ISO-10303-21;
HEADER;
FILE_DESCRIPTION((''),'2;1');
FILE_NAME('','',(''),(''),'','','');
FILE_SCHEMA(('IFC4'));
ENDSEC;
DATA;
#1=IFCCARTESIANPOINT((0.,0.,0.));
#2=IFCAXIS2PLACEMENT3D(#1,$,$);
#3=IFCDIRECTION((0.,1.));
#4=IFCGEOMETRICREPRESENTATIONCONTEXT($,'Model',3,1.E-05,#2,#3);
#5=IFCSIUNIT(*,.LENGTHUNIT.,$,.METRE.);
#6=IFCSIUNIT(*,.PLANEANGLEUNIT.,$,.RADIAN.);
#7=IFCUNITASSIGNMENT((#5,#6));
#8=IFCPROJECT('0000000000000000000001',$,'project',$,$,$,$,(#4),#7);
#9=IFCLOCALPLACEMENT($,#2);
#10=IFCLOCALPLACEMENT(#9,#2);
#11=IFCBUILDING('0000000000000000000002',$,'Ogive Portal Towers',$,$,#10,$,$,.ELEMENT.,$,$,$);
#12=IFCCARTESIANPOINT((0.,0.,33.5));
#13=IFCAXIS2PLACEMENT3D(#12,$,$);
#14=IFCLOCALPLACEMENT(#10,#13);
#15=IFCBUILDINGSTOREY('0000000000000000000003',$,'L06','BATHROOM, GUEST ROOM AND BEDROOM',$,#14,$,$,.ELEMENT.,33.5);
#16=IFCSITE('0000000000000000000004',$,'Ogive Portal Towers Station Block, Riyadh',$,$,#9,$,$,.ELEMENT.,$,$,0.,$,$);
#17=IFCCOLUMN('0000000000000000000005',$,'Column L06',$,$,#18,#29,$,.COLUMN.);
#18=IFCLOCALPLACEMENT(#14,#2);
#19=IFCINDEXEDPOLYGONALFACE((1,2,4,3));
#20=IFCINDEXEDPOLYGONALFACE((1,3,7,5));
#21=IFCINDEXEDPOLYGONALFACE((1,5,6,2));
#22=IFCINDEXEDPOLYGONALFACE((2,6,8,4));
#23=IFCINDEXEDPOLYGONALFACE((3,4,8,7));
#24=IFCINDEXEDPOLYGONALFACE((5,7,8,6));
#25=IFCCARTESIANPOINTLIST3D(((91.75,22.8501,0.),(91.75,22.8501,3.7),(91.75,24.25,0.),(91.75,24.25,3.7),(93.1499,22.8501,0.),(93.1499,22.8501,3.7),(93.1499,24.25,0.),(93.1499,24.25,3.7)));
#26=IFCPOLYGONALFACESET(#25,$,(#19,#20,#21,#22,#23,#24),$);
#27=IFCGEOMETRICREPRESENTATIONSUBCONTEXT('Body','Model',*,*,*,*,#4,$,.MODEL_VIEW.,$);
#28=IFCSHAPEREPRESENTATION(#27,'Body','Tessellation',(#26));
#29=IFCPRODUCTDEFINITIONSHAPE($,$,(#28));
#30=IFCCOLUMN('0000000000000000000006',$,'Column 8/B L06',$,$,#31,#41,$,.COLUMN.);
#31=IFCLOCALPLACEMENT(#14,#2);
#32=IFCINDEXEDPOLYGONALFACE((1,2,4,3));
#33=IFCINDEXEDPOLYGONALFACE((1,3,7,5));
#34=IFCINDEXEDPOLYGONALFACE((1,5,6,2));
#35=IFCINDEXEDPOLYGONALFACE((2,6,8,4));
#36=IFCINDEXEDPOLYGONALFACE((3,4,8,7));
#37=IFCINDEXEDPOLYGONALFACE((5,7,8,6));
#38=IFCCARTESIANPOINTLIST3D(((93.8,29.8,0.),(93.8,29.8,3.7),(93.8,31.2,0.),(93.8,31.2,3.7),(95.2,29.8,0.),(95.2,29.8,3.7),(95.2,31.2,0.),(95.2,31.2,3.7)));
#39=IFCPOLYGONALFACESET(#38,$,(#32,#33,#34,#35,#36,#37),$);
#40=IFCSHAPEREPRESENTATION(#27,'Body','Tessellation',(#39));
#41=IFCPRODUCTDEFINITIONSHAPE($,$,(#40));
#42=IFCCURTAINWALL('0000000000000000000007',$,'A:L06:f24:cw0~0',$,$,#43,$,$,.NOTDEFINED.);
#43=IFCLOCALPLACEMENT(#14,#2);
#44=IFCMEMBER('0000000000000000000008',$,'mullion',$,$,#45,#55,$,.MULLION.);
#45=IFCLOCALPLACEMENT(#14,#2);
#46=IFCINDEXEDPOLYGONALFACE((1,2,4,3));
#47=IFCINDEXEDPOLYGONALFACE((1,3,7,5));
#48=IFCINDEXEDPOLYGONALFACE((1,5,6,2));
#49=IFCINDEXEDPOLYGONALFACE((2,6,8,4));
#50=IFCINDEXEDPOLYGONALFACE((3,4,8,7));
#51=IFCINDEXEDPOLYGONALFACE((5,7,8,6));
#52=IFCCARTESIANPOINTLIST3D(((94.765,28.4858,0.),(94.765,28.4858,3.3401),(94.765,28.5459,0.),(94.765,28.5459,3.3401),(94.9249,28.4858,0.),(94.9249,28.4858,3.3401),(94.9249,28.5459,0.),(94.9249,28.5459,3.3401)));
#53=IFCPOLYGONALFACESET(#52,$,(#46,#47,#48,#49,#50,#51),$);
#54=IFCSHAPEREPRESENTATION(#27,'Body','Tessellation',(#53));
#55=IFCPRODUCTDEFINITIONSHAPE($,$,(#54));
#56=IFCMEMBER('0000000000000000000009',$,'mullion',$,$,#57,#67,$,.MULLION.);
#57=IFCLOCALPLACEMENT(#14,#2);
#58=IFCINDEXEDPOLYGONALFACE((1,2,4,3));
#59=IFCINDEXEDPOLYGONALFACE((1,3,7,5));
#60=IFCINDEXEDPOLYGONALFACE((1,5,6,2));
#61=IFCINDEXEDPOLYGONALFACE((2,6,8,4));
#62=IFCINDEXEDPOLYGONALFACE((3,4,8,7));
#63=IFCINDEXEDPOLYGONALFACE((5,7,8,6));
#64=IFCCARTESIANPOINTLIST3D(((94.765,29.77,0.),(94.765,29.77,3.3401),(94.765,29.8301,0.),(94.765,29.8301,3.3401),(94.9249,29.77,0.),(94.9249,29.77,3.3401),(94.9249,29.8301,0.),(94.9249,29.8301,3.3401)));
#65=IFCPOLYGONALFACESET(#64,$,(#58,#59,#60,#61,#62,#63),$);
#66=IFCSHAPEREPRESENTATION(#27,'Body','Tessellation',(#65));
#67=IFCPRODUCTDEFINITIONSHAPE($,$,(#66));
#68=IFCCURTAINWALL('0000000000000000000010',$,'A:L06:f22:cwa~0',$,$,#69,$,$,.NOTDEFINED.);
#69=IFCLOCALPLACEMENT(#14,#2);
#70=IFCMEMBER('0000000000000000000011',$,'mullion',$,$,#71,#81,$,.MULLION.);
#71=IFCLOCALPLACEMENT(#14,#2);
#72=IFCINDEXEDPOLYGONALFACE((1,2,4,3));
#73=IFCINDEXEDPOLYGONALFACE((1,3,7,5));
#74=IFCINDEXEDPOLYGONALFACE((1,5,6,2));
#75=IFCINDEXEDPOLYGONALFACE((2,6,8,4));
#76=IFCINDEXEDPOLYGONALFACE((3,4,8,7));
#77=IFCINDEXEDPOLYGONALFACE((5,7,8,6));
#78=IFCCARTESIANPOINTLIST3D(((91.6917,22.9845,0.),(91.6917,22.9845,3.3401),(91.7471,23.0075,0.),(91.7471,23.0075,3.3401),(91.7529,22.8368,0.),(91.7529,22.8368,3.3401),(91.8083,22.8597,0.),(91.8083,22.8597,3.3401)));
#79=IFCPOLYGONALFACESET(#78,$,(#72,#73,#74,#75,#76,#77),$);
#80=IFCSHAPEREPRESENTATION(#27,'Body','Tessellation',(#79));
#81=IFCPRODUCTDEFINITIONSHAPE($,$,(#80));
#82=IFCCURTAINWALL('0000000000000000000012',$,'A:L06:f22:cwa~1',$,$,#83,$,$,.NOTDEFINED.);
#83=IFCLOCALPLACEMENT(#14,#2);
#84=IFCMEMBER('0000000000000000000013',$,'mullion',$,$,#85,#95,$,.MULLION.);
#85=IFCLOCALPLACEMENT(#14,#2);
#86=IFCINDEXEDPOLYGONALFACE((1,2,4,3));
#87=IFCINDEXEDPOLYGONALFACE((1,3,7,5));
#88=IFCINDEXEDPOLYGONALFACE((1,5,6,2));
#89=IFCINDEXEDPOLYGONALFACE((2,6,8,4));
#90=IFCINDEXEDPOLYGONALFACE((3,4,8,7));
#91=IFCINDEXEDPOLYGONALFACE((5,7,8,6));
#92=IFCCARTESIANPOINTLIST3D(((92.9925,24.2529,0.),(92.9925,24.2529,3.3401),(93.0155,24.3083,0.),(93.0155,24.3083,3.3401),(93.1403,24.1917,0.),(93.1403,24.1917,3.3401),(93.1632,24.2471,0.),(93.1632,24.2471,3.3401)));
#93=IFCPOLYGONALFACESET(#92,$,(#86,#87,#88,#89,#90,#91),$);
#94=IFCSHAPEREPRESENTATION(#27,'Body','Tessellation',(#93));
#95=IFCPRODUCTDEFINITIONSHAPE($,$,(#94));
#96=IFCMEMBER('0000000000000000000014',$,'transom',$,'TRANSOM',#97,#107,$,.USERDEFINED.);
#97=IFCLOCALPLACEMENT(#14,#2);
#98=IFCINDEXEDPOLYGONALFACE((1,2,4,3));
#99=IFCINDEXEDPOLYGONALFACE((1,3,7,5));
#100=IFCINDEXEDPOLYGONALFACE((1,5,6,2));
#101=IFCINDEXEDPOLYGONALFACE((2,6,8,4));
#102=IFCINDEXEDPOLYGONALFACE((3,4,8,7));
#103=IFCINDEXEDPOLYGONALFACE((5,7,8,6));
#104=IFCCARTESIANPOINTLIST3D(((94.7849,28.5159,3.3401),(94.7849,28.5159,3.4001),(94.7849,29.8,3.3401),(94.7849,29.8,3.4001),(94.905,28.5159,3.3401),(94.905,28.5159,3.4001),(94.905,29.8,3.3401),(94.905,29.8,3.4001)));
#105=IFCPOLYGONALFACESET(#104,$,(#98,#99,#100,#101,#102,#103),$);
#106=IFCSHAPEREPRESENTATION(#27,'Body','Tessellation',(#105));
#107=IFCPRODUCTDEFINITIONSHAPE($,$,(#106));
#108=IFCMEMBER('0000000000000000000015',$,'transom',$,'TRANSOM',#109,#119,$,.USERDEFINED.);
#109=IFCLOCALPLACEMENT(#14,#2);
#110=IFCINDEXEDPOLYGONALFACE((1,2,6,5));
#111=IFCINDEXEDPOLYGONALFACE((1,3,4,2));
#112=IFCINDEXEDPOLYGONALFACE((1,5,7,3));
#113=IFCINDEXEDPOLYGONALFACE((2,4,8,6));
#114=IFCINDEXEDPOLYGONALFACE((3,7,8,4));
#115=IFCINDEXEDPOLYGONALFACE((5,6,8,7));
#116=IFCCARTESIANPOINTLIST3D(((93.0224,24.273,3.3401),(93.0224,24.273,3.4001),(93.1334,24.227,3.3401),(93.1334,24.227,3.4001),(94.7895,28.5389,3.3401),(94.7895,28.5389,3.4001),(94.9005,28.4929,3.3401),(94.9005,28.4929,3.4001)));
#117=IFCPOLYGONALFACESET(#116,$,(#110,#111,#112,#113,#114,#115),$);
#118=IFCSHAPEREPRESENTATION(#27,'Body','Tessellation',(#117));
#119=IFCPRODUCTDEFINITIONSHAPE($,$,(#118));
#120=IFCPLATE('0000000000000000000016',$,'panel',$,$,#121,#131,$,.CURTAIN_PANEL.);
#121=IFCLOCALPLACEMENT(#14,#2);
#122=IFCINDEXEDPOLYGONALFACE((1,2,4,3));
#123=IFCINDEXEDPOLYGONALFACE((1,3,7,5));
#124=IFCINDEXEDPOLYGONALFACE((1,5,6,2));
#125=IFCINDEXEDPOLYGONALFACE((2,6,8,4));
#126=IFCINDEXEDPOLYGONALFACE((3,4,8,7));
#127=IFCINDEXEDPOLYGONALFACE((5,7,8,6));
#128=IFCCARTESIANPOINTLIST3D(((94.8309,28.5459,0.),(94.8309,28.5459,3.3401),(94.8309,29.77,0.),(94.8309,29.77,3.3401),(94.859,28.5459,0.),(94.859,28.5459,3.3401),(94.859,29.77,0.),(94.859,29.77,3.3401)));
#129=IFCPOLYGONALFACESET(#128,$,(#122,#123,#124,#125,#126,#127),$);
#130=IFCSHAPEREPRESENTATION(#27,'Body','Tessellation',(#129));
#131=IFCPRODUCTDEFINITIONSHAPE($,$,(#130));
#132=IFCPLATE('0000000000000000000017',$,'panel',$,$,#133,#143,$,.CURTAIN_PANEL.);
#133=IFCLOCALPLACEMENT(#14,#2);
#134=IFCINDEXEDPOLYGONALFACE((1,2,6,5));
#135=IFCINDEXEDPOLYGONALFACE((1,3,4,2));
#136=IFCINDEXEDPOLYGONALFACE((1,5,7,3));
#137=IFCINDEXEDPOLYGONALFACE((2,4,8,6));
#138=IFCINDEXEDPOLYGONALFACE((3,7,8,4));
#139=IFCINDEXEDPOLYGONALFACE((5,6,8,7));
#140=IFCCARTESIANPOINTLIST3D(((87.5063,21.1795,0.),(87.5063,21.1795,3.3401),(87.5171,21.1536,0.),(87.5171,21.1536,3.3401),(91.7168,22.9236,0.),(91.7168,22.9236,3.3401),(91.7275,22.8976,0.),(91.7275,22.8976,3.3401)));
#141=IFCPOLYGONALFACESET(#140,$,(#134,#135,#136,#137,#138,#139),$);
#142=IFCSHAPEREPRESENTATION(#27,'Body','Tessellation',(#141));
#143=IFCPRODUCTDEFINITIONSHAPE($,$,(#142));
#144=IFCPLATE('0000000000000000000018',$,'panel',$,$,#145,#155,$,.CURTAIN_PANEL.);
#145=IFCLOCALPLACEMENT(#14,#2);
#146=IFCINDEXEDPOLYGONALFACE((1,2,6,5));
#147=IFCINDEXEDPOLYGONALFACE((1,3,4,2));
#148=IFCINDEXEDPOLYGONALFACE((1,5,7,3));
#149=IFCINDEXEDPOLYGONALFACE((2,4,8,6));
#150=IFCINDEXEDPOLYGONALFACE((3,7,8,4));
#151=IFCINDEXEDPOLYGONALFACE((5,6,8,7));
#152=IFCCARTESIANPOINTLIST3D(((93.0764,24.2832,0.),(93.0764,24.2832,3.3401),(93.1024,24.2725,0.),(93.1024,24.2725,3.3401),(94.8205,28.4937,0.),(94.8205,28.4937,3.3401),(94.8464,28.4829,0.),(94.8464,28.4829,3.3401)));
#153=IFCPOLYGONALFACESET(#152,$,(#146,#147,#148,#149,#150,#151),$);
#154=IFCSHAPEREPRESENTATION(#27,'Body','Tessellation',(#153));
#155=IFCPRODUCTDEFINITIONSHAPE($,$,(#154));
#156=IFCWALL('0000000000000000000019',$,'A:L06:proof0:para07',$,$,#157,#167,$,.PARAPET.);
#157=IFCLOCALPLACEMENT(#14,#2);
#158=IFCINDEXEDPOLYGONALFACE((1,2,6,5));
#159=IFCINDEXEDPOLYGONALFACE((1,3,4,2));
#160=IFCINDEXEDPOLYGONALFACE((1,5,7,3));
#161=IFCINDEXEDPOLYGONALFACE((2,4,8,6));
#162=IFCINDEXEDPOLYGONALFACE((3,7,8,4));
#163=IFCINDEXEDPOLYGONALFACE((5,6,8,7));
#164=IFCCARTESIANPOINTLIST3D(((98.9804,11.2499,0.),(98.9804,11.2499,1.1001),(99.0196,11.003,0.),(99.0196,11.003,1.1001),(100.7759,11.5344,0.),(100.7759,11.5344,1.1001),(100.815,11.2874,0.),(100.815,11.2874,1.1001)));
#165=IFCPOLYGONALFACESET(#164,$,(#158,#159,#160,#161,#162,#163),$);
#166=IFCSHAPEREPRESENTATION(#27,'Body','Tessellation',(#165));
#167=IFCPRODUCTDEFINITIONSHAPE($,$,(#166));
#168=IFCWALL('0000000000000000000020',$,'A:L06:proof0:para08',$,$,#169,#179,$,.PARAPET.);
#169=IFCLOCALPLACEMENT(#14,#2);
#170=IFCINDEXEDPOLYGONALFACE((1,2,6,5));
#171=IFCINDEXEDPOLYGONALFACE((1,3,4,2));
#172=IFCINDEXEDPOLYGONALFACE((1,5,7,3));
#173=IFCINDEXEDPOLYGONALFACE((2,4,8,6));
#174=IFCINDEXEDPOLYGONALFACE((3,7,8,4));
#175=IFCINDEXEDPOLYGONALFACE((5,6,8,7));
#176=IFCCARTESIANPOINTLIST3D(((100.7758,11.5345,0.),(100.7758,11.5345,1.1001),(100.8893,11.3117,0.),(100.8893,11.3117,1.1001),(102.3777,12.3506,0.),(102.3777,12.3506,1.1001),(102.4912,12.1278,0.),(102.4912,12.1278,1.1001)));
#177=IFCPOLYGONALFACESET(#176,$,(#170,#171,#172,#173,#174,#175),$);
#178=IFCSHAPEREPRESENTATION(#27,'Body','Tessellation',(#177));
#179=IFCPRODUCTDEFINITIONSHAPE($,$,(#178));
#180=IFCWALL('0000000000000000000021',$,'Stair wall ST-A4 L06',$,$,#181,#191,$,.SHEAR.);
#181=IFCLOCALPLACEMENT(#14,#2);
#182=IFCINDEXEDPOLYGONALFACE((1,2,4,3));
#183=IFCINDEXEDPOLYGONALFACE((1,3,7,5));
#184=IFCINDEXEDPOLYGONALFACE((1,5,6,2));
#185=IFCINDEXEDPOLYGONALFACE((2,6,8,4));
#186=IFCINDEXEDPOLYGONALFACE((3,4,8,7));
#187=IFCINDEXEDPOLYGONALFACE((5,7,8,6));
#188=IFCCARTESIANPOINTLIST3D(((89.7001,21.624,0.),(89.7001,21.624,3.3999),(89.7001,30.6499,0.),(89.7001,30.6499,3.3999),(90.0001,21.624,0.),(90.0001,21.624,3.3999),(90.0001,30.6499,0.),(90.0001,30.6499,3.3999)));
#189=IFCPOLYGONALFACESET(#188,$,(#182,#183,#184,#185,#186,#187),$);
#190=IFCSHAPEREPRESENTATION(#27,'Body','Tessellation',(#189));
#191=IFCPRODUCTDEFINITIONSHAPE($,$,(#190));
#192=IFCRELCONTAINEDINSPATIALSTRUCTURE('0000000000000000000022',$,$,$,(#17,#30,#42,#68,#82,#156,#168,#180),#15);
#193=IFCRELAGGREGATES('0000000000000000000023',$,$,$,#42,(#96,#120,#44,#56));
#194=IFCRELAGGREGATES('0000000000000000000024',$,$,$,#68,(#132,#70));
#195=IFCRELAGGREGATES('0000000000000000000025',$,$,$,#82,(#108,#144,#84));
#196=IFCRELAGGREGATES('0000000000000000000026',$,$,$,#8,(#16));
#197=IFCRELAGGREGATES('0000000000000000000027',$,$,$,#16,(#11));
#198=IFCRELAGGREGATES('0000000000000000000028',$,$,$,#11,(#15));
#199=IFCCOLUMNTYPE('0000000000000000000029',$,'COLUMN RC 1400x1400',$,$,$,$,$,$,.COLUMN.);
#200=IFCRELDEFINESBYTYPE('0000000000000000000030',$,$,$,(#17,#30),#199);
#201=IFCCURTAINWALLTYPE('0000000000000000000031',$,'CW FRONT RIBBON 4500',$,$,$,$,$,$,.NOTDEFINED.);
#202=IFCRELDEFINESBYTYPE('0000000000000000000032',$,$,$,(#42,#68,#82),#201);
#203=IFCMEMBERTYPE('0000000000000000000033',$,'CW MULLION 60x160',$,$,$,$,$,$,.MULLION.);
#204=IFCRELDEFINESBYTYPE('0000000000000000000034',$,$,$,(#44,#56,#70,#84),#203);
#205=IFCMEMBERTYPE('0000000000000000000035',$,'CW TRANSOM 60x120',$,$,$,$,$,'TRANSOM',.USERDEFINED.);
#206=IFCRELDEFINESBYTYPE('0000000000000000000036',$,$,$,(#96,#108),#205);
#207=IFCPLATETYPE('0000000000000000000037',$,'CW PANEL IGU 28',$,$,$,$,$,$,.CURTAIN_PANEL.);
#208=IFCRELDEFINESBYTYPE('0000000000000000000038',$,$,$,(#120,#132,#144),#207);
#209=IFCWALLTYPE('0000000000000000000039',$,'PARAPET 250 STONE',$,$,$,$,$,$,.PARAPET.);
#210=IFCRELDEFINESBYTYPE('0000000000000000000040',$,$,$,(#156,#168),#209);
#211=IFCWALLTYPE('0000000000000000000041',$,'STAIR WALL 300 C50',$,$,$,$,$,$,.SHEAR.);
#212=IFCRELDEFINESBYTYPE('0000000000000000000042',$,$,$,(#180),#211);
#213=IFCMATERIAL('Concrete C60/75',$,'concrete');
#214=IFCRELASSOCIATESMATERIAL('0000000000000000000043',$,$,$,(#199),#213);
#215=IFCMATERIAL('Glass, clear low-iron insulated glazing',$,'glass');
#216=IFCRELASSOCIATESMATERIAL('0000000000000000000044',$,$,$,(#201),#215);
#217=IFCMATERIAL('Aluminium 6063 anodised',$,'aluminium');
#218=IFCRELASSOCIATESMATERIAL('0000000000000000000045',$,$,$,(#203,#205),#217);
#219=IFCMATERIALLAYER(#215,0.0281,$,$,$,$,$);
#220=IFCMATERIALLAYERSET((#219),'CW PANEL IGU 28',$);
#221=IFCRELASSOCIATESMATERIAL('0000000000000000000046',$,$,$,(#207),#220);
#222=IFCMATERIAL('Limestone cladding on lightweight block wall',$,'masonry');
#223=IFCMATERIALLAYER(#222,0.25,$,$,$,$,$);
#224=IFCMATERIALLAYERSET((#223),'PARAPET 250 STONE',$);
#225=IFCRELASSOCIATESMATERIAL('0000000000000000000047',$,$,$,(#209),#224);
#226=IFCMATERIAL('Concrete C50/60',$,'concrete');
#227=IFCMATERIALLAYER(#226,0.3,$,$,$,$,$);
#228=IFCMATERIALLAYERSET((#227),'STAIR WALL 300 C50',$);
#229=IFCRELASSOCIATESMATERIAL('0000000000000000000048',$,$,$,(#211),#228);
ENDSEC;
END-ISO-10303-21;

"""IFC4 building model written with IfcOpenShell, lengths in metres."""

from ifc_helpers import new_model, si_unit, direction, frame, frame_2d, origin, origin_2d, place, context, subcontext, project, spatial, rectangle, extrude, material, layer, layer_set, material_profile, profile_set, type_object, element, aggregate, save


model = new_model("IFC4")

# Units and contexts
model_context = context("Model", 3, precision=1e-05, world=origin(), true_north=direction((0.0, 1.0)))
body_context = subcontext(model_context, "Body", "Model", "MODEL_VIEW")
ifc_project = project(units=[si_unit("LENGTHUNIT", "METRE"), si_unit("PLANEANGLEUNIT", "RADIAN")], contexts=[model_context])

# Site, building, storey
site_placement = place(None, origin())
site = spatial("IfcSite", under=ifc_project, at=site_placement, Name="Ogive Portal Towers Station Block, Riyadh", CompositionType="ELEMENT", RefElevation=0.0)
building_placement = place(site_placement, origin())
building = spatial("IfcBuilding", under=site, at=building_placement, Name="Ogive Portal Towers", CompositionType="ELEMENT")
storey_placement = place(building_placement, frame((0.0, 0.0, 33.5)))
storey = spatial("IfcBuildingStorey", under=building, at=storey_placement, Name="L06", Description="BATHROOM, GUEST ROOM AND BEDROOM", CompositionType="ELEMENT", Elevation=33.5)

# Columns
ifc_material_1 = material(Name="Concrete C60/75", Category="concrete")
ifc_material_profile_1 = material_profile(ifc_material_1, rectangle(XDim=1.3999, YDim=1.3999, at=origin_2d()), Name="RC 1400x1400")
ifc_profile_set_1 = profile_set([ifc_material_profile_1], Name="Concrete C60/75")
column_type = type_object("IfcColumnType", Name="COLUMN RC 1400x1400", PredefinedType="COLUMN", material=ifc_profile_set_1)
for number, where, z_axis, x_axis, name in (
    (1, (92.45, 23.55, 0.0), (0.0, 0.0, 1.0), (1.0, 0.0, 0.0), "Column L06"),
    (2, (94.5, 30.5, 0.0), (0.0, 0.0, 1.0), (1.0, 0.0, 0.0), "Column 8/B L06"),
):
    element("IfcColumn", number, at=place(storey_placement, frame(where, z_axis=z_axis, x_axis=x_axis)), inside=storey, type_object=column_type, Name=name, PredefinedType="COLUMN", context=body_context, shape_type="SweptSolid", body=[
        extrude(rectangle(XDim=1.3999, YDim=1.3999, at=origin_2d()), origin(), (0.0, 0.0, 1.0), 3.7),
    ])

# Curtain wall, members
ifc_material_2 = material(Name="Glass, clear low-iron insulated glazing", Category="glass")
curtain_wall_type = type_object("IfcCurtainWallType", Name="CW FRONT RIBBON 4500", PredefinedType="NOTDEFINED", material=ifc_material_2)
curtain_wall_1_placement = place(storey_placement, origin())
curtain_wall_1 = element("IfcCurtainWall", 3, at=curtain_wall_1_placement, inside=storey, type_object=curtain_wall_type, Name="A:L06:f24:cw0~0", PredefinedType="NOTDEFINED")
ifc_material_3 = material(Name="Aluminium 6063 anodised", Category="aluminium")
ifc_material_profile_2 = material_profile(ifc_material_3, rectangle(XDim=0.1599, YDim=0.0601, at=origin_2d()), Name="AL 60x160")
ifc_profile_set_2 = profile_set([ifc_material_profile_2], Name="Aluminium 6063 anodised")
member_type_1 = type_object("IfcMemberType", Name="CW MULLION 60x160", PredefinedType="MULLION", material=ifc_profile_set_2)
member_1_placement = place(storey_placement, frame((94.845, 28.5159, 0.0), z_axis=(0.0, 0.0, 1.0), x_axis=(-1.0, 0.0, 0.0)))
member_1 = element("IfcMember", 4, at=member_1_placement, type_object=member_type_1, Name="mullion", PredefinedType="MULLION", context=body_context, shape_type="SweptSolid", body=[
    extrude(rectangle(XDim=0.1599, YDim=0.0601, at=origin_2d()), origin(), (0.0, 0.0, 1.0), 3.3401),
])
member_2_placement = place(storey_placement, frame((94.845, 29.8, 0.0), z_axis=(0.0, 0.0, 1.0), x_axis=(-1.0, 0.0, 0.0)))
member_2 = element("IfcMember", 5, at=member_2_placement, type_object=member_type_1, Name="mullion", PredefinedType="MULLION", context=body_context, shape_type="SweptSolid", body=[
    extrude(rectangle(XDim=0.1599, YDim=0.0601, at=origin_2d()), origin(), (0.0, 0.0, 1.0), 3.3401),
])

# Curtain walls, members
curtain_wall_2_placement = place(storey_placement, origin())
curtain_wall_2 = element("IfcCurtainWall", 6, at=curtain_wall_2_placement, inside=storey, type_object=curtain_wall_type, Name="A:L06:f22:cwa~0", PredefinedType="NOTDEFINED")
member_3_placement = place(storey_placement, frame((91.75, 22.9221, 0.0), z_axis=(0.0, 0.0, 1.0), x_axis=(-0.382683, 0.92388, 0.0)))
member_3 = element("IfcMember", 7, at=member_3_placement, type_object=member_type_1, Name="mullion", PredefinedType="MULLION", context=body_context, shape_type="SweptSolid", body=[
    extrude(rectangle(XDim=0.1599, YDim=0.0601, at=origin_2d()), origin(), (0.0, 0.0, 1.0), 3.3401),
])
curtain_wall_3_placement = place(storey_placement, origin())
curtain_wall_3 = element("IfcCurtainWall", 8, at=curtain_wall_3_placement, inside=storey, type_object=curtain_wall_type, Name="A:L06:f22:cwa~1", PredefinedType="NOTDEFINED")
member_4_placement = place(storey_placement, frame((93.0779, 24.25, 0.0), z_axis=(0.0, 0.0, 1.0), x_axis=(-0.92388, 0.382683, 0.0)))
member_4 = element("IfcMember", 9, at=member_4_placement, type_object=member_type_1, Name="mullion", PredefinedType="MULLION", context=body_context, shape_type="SweptSolid", body=[
    extrude(rectangle(XDim=0.1599, YDim=0.0601, at=origin_2d()), origin(), (0.0, 0.0, 1.0), 3.3401),
])

# Members
ifc_material_profile_3 = material_profile(ifc_material_3, rectangle(XDim=0.1201, YDim=0.0601, at=origin_2d()), Name="AL 120x60")
ifc_profile_set_3 = profile_set([ifc_material_profile_3], Name="Aluminium 6063 anodised")
member_type_2 = type_object("IfcMemberType", Name="CW TRANSOM 60x120", ElementType="TRANSOM", PredefinedType="USERDEFINED", material=ifc_profile_set_3)
member_5_placement = place(storey_placement, frame((94.845, 28.5159, 3.3701), z_axis=(0.0, 1.0, 0.0), x_axis=(-1.0, 0.0, 0.0)))
member_5 = element("IfcMember", 10, at=member_5_placement, type_object=member_type_2, Name="transom", ObjectType="TRANSOM", PredefinedType="USERDEFINED", context=body_context, shape_type="SweptSolid", body=[
    extrude(rectangle(XDim=0.1201, YDim=0.0601, at=origin_2d()), origin(), (0.0, 0.0, 1.0), 1.2842),
])
member_6_placement = place(storey_placement, frame((93.0779, 24.25, 3.3701), z_axis=(0.382704, 0.923871, 0.0), x_axis=(-0.923871, 0.382704, 0.0)))
member_6 = element("IfcMember", 11, at=member_6_placement, type_object=member_type_2, Name="transom", ObjectType="TRANSOM", PredefinedType="USERDEFINED", context=body_context, shape_type="SweptSolid", body=[
    extrude(rectangle(XDim=0.1201, YDim=0.0601, at=origin_2d()), origin(), (0.0, 0.0, 1.0), 4.6174),
])

# Plates
ifc_layer_1 = layer(ifc_material_2, 0.0281)
ifc_layer_set_1 = layer_set([ifc_layer_1], Name="CW PANEL IGU 28")
plate_type = type_object("IfcPlateType", Name="CW PANEL IGU 28", PredefinedType="CURTAIN_PANEL", material=ifc_layer_set_1)
plate_1_placement = place(storey_placement, frame((94.845, 29.158, 0.0), z_axis=(0.0, 0.0, 1.0), x_axis=(0.0, 1.0, 0.0)))
plate_1 = element("IfcPlate", 12, at=plate_1_placement, type_object=plate_type, Name="panel", PredefinedType="CURTAIN_PANEL", context=body_context, shape_type="SweptSolid", body=[
    extrude(rectangle(XDim=1.2241, YDim=0.0281, at=origin_2d()), origin(), (0.0, 0.0, 1.0), 3.3401),
])
aggregate(curtain_wall_1, [member_5, plate_1, member_1, member_2])
plate_2_placement = place(storey_placement, frame((89.6169, 22.0386, 0.0), z_axis=(0.0, 0.0, 1.0), x_axis=(0.92388, 0.382683, 0.0)))
plate_2 = element("IfcPlate", 13, at=plate_2_placement, type_object=plate_type, Name="panel", PredefinedType="CURTAIN_PANEL", context=body_context, shape_type="SweptSolid", body=[
    extrude(rectangle(XDim=4.5574, YDim=0.0281, at=origin_2d()), origin(), (0.0, 0.0, 1.0), 3.3401),
])
aggregate(curtain_wall_2, [plate_2, member_3])
plate_3_placement = place(storey_placement, frame((93.9614, 26.3831, 0.0), z_axis=(0.0, 0.0, 1.0), x_axis=(0.382683, 0.92388, 0.0)))
plate_3 = element("IfcPlate", 14, at=plate_3_placement, type_object=plate_type, Name="panel", PredefinedType="CURTAIN_PANEL", context=body_context, shape_type="SweptSolid", body=[
    extrude(rectangle(XDim=4.5574, YDim=0.0281, at=origin_2d()), origin(), (0.0, 0.0, 1.0), 3.3401),
])
aggregate(curtain_wall_3, [member_6, plate_3, member_4])

# Walls
ifc_material_4 = material(Name="Limestone cladding on lightweight block wall", Category="masonry")
ifc_layer_2 = layer(ifc_material_4, 0.25)
ifc_layer_set_2 = layer_set([ifc_layer_2], Name="PARAPET 250 STONE")
wall_type_1 = type_object("IfcWallType", Name="PARAPET 250 STONE", PredefinedType="PARAPET", material=ifc_layer_set_2)
wall_1_placement = place(storey_placement, frame((99.0, 11.1265, 0.0), z_axis=(0.0, 0.0, 1.0), x_axis=(0.987683, 0.156466, 0.0)))
element("IfcWall", 15, at=wall_1_placement, inside=storey, type_object=wall_type_1, Name="A:L06:proof0:para07", PredefinedType="PARAPET", context=body_context, shape_type="SweptSolid", body=[
    extrude(rectangle(XDim=1.8179, YDim=0.25, at=frame_2d((0.9089, 0.0))), origin(), (0.0, 0.0, 1.0), 1.1001),
])
wall_2_placement = place(storey_placement, frame((100.8325, 11.4231, 0.0), z_axis=(0.0, 0.0, 1.0), x_axis=(0.891034, 0.453936, 0.0)))
element("IfcWall", 16, at=wall_2_placement, inside=storey, type_object=wall_type_1, Name="A:L06:proof0:para08", PredefinedType="PARAPET", context=body_context, shape_type="SweptSolid", body=[
    extrude(rectangle(XDim=1.7979, YDim=0.25, at=frame_2d((0.8989, 0.0))), origin(), (0.0, 0.0, 1.0), 1.1001),
])
ifc_material_5 = material(Name="Concrete C50/60", Category="concrete")
ifc_layer_3 = layer(ifc_material_5, 0.3)
ifc_layer_set_3 = layer_set([ifc_layer_3], Name="STAIR WALL 300 C50")
wall_type_2 = type_object("IfcWallType", Name="STAIR WALL 300 C50", PredefinedType="SHEAR", material=ifc_layer_set_3)
wall_3_placement = place(storey_placement, frame((89.8501, 21.624, 0.0), z_axis=(0.0, 0.0, 1.0), x_axis=(0.0, 1.0, 0.0)))
element("IfcWall", 17, at=wall_3_placement, inside=storey, type_object=wall_type_2, Name="Stair wall ST-A4 L06", PredefinedType="SHEAR", context=body_context, shape_type="SweptSolid", body=[
    extrude(rectangle(XDim=9.0259, YDim=0.3, at=frame_2d((4.5129, 0.0))), origin(), (0.0, 0.0, 1.0), 3.3999),
])

save(model, "model.ifc")
